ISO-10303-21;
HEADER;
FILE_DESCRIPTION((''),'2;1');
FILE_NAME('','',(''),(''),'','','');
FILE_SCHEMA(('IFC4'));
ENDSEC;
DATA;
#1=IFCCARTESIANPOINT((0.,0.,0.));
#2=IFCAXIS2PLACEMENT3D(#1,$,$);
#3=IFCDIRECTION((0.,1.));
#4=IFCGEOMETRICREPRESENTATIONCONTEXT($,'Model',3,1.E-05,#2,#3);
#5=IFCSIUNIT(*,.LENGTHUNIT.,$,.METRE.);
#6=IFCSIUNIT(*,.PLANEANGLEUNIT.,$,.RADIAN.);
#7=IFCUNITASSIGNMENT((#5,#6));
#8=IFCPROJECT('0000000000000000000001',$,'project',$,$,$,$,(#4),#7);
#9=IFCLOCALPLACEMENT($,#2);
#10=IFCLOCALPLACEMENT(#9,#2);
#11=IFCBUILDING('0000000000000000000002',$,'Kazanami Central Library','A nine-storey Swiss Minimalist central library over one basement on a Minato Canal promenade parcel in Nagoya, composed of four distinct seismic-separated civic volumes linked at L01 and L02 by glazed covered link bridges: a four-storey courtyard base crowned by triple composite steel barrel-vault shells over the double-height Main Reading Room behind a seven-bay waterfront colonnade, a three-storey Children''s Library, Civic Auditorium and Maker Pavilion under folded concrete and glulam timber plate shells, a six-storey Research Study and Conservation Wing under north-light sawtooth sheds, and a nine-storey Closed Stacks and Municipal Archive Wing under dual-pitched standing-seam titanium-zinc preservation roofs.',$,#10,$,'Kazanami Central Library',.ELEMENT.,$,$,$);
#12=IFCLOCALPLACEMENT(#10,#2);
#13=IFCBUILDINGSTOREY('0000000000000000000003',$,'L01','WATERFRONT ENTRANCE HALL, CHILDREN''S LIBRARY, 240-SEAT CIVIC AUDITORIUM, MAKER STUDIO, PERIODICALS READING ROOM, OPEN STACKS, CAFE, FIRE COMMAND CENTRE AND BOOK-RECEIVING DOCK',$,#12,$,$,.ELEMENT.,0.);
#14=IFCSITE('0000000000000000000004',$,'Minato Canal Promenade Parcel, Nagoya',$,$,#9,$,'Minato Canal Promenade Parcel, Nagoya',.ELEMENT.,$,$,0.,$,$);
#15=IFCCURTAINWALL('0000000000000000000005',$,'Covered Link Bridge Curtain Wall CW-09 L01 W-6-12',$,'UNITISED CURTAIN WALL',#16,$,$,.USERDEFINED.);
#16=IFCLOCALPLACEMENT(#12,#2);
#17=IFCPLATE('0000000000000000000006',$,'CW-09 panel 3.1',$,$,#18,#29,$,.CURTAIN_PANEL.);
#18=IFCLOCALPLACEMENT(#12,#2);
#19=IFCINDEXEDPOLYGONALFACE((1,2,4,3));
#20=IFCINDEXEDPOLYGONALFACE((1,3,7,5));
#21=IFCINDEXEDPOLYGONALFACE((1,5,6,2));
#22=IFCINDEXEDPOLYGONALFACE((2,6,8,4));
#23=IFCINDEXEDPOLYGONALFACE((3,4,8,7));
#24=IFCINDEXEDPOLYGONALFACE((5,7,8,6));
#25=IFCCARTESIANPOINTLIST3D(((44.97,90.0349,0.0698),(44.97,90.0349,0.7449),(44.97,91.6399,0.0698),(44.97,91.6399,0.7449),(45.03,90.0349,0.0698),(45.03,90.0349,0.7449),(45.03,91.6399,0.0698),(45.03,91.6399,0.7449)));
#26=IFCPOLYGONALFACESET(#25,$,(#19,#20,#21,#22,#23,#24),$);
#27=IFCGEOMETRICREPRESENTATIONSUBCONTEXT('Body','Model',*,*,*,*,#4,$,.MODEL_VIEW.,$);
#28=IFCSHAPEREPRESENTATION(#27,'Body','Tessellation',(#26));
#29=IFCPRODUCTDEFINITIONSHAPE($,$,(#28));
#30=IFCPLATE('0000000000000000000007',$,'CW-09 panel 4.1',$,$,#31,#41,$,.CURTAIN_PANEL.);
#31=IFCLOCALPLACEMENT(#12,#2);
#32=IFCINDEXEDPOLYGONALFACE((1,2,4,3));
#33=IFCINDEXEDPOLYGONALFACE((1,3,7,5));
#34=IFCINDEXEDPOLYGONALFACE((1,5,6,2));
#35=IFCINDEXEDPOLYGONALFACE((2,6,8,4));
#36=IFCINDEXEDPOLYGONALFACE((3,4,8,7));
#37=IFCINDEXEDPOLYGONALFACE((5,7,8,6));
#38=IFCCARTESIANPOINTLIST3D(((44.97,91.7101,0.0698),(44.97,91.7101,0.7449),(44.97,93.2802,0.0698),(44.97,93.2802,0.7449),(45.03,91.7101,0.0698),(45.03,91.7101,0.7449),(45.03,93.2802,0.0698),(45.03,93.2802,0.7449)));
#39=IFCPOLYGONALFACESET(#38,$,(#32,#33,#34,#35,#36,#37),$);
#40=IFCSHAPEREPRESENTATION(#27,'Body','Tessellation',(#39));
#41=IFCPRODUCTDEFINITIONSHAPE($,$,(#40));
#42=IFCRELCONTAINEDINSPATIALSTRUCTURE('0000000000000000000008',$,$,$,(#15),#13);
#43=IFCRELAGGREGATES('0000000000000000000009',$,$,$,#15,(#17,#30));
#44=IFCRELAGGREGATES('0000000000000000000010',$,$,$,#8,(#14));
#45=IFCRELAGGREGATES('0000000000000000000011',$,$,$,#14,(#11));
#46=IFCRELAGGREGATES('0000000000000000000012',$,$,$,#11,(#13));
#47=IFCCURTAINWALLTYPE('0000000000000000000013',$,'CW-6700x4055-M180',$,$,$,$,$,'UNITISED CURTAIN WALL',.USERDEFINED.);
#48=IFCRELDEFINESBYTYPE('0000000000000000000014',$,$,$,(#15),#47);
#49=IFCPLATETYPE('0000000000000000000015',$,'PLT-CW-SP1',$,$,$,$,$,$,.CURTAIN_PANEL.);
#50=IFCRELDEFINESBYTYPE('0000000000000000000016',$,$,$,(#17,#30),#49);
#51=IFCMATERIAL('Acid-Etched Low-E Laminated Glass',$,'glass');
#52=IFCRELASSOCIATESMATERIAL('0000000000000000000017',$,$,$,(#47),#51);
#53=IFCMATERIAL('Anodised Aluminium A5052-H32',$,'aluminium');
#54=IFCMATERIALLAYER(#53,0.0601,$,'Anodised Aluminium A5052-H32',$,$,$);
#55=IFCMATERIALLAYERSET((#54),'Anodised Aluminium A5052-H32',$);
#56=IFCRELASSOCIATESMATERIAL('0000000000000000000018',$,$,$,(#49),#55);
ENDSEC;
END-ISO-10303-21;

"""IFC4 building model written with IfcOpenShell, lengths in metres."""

from ifc_helpers import new_model, si_unit, direction, frame, origin, origin_2d, place, context, subcontext, project, spatial, rectangle, extrude, material, layer, layer_set, type_object, element, aggregate, save


model = new_model("IFC4")

# Units and contexts
model_context = context("Model", 3, precision=1e-05, world=origin(), true_north=direction((0.0, 1.0)))
body_context = subcontext(model_context, "Body", "Model", "MODEL_VIEW")
ifc_project = project(units=[si_unit("LENGTHUNIT", "METRE"), si_unit("PLANEANGLEUNIT", "RADIAN")], contexts=[model_context])

# Site, building, storey
site_placement = place(None, origin())
site = spatial("IfcSite", under=ifc_project, at=site_placement, Name="Minato Canal Promenade Parcel, Nagoya", LongName="Minato Canal Promenade Parcel, Nagoya", CompositionType="ELEMENT", RefElevation=0.0)
building_placement = place(site_placement, origin())
building = spatial("IfcBuilding", under=site, at=building_placement, Name="Kazanami Central Library", Description="A nine-storey Swiss Minimalist central library over one basement on a Minato Canal promenade parcel in Nagoya, composed of four distinct seismic-separated civic volumes linked at L01 and L02 by glazed covered link bridges: a four-storey courtyard base crowned by triple composite steel barrel-vault shells over the double-height Main Reading Room behind a seven-bay waterfront colonnade, a three-storey Children's Library, Civic Auditorium and Maker Pavilion under folded concrete and glulam timber plate shells, a six-storey Research Study and Conservation Wing under north-light sawtooth sheds, and a nine-storey Closed Stacks and Municipal Archive Wing under dual-pitched standing-seam titanium-zinc preservation roofs.", LongName="Kazanami Central Library", CompositionType="ELEMENT")
storey_placement = place(building_placement, origin())
storey = spatial("IfcBuildingStorey", under=building, at=storey_placement, Name="L01", Description="WATERFRONT ENTRANCE HALL, CHILDREN'S LIBRARY, 240-SEAT CIVIC AUDITORIUM, MAKER STUDIO, PERIODICALS READING ROOM, OPEN STACKS, CAFE, FIRE COMMAND CENTRE AND BOOK-RECEIVING DOCK", CompositionType="ELEMENT", Elevation=0.0)

# Curtain wall
ifc_material_1 = material(Name="Acid-Etched Low-E Laminated Glass", Category="glass")
curtain_wall_type = type_object("IfcCurtainWallType", Name="CW-6700x4055-M180", ElementType="UNITISED CURTAIN WALL", PredefinedType="USERDEFINED", material=ifc_material_1)
curtain_wall_1_placement = place(storey_placement, origin())
curtain_wall_1 = element("IfcCurtainWall", 1, at=curtain_wall_1_placement, inside=storey, type_object=curtain_wall_type, Name="Covered Link Bridge Curtain Wall CW-09 L01 W-6-12", ObjectType="UNITISED CURTAIN WALL", PredefinedType="USERDEFINED")

# Plates
ifc_material_2 = material(Name="Anodised Aluminium A5052-H32", Category="aluminium")
ifc_layer_1 = layer(ifc_material_2, 0.0601, Name="Anodised Aluminium A5052-H32")
ifc_layer_set_1 = layer_set([ifc_layer_1], Name="Anodised Aluminium A5052-H32")
plate_type_1 = type_object("IfcPlateType", Name="PLT-CW-SP1", PredefinedType="CURTAIN_PANEL", material=ifc_layer_set_1)
plate_1_placement = place(storey_placement, frame((45.0, 90.8374, 0.0698), z_axis=(0.0, 0.0, 1.0), x_axis=(0.0, 1.0, 0.0)))
plate_1 = element("IfcPlate", 2, at=plate_1_placement, type_object=plate_type_1, Name="CW-09 panel 3.1", PredefinedType="CURTAIN_PANEL", context=body_context, shape_type="SweptSolid", body=[
    extrude(rectangle(XDim=1.605, YDim=0.0601, at=origin_2d()), origin(), (0.0, 0.0, 1.0), 0.675),
])
plate_2_placement = place(storey_placement, frame((45.0, 92.4951, 0.0698), z_axis=(0.0, 0.0, 1.0), x_axis=(0.0, 1.0, 0.0)))
plate_2 = element("IfcPlate", 3, at=plate_2_placement, type_object=plate_type_1, Name="CW-09 panel 4.1", PredefinedType="CURTAIN_PANEL", context=body_context, shape_type="SweptSolid", body=[
    extrude(rectangle(XDim=1.5701, YDim=0.0601, at=origin_2d()), origin(), (0.0, 0.0, 1.0), 0.675),
])
aggregate(curtain_wall_1, [plate_1, plate_2])

save(model, "model.ifc")
